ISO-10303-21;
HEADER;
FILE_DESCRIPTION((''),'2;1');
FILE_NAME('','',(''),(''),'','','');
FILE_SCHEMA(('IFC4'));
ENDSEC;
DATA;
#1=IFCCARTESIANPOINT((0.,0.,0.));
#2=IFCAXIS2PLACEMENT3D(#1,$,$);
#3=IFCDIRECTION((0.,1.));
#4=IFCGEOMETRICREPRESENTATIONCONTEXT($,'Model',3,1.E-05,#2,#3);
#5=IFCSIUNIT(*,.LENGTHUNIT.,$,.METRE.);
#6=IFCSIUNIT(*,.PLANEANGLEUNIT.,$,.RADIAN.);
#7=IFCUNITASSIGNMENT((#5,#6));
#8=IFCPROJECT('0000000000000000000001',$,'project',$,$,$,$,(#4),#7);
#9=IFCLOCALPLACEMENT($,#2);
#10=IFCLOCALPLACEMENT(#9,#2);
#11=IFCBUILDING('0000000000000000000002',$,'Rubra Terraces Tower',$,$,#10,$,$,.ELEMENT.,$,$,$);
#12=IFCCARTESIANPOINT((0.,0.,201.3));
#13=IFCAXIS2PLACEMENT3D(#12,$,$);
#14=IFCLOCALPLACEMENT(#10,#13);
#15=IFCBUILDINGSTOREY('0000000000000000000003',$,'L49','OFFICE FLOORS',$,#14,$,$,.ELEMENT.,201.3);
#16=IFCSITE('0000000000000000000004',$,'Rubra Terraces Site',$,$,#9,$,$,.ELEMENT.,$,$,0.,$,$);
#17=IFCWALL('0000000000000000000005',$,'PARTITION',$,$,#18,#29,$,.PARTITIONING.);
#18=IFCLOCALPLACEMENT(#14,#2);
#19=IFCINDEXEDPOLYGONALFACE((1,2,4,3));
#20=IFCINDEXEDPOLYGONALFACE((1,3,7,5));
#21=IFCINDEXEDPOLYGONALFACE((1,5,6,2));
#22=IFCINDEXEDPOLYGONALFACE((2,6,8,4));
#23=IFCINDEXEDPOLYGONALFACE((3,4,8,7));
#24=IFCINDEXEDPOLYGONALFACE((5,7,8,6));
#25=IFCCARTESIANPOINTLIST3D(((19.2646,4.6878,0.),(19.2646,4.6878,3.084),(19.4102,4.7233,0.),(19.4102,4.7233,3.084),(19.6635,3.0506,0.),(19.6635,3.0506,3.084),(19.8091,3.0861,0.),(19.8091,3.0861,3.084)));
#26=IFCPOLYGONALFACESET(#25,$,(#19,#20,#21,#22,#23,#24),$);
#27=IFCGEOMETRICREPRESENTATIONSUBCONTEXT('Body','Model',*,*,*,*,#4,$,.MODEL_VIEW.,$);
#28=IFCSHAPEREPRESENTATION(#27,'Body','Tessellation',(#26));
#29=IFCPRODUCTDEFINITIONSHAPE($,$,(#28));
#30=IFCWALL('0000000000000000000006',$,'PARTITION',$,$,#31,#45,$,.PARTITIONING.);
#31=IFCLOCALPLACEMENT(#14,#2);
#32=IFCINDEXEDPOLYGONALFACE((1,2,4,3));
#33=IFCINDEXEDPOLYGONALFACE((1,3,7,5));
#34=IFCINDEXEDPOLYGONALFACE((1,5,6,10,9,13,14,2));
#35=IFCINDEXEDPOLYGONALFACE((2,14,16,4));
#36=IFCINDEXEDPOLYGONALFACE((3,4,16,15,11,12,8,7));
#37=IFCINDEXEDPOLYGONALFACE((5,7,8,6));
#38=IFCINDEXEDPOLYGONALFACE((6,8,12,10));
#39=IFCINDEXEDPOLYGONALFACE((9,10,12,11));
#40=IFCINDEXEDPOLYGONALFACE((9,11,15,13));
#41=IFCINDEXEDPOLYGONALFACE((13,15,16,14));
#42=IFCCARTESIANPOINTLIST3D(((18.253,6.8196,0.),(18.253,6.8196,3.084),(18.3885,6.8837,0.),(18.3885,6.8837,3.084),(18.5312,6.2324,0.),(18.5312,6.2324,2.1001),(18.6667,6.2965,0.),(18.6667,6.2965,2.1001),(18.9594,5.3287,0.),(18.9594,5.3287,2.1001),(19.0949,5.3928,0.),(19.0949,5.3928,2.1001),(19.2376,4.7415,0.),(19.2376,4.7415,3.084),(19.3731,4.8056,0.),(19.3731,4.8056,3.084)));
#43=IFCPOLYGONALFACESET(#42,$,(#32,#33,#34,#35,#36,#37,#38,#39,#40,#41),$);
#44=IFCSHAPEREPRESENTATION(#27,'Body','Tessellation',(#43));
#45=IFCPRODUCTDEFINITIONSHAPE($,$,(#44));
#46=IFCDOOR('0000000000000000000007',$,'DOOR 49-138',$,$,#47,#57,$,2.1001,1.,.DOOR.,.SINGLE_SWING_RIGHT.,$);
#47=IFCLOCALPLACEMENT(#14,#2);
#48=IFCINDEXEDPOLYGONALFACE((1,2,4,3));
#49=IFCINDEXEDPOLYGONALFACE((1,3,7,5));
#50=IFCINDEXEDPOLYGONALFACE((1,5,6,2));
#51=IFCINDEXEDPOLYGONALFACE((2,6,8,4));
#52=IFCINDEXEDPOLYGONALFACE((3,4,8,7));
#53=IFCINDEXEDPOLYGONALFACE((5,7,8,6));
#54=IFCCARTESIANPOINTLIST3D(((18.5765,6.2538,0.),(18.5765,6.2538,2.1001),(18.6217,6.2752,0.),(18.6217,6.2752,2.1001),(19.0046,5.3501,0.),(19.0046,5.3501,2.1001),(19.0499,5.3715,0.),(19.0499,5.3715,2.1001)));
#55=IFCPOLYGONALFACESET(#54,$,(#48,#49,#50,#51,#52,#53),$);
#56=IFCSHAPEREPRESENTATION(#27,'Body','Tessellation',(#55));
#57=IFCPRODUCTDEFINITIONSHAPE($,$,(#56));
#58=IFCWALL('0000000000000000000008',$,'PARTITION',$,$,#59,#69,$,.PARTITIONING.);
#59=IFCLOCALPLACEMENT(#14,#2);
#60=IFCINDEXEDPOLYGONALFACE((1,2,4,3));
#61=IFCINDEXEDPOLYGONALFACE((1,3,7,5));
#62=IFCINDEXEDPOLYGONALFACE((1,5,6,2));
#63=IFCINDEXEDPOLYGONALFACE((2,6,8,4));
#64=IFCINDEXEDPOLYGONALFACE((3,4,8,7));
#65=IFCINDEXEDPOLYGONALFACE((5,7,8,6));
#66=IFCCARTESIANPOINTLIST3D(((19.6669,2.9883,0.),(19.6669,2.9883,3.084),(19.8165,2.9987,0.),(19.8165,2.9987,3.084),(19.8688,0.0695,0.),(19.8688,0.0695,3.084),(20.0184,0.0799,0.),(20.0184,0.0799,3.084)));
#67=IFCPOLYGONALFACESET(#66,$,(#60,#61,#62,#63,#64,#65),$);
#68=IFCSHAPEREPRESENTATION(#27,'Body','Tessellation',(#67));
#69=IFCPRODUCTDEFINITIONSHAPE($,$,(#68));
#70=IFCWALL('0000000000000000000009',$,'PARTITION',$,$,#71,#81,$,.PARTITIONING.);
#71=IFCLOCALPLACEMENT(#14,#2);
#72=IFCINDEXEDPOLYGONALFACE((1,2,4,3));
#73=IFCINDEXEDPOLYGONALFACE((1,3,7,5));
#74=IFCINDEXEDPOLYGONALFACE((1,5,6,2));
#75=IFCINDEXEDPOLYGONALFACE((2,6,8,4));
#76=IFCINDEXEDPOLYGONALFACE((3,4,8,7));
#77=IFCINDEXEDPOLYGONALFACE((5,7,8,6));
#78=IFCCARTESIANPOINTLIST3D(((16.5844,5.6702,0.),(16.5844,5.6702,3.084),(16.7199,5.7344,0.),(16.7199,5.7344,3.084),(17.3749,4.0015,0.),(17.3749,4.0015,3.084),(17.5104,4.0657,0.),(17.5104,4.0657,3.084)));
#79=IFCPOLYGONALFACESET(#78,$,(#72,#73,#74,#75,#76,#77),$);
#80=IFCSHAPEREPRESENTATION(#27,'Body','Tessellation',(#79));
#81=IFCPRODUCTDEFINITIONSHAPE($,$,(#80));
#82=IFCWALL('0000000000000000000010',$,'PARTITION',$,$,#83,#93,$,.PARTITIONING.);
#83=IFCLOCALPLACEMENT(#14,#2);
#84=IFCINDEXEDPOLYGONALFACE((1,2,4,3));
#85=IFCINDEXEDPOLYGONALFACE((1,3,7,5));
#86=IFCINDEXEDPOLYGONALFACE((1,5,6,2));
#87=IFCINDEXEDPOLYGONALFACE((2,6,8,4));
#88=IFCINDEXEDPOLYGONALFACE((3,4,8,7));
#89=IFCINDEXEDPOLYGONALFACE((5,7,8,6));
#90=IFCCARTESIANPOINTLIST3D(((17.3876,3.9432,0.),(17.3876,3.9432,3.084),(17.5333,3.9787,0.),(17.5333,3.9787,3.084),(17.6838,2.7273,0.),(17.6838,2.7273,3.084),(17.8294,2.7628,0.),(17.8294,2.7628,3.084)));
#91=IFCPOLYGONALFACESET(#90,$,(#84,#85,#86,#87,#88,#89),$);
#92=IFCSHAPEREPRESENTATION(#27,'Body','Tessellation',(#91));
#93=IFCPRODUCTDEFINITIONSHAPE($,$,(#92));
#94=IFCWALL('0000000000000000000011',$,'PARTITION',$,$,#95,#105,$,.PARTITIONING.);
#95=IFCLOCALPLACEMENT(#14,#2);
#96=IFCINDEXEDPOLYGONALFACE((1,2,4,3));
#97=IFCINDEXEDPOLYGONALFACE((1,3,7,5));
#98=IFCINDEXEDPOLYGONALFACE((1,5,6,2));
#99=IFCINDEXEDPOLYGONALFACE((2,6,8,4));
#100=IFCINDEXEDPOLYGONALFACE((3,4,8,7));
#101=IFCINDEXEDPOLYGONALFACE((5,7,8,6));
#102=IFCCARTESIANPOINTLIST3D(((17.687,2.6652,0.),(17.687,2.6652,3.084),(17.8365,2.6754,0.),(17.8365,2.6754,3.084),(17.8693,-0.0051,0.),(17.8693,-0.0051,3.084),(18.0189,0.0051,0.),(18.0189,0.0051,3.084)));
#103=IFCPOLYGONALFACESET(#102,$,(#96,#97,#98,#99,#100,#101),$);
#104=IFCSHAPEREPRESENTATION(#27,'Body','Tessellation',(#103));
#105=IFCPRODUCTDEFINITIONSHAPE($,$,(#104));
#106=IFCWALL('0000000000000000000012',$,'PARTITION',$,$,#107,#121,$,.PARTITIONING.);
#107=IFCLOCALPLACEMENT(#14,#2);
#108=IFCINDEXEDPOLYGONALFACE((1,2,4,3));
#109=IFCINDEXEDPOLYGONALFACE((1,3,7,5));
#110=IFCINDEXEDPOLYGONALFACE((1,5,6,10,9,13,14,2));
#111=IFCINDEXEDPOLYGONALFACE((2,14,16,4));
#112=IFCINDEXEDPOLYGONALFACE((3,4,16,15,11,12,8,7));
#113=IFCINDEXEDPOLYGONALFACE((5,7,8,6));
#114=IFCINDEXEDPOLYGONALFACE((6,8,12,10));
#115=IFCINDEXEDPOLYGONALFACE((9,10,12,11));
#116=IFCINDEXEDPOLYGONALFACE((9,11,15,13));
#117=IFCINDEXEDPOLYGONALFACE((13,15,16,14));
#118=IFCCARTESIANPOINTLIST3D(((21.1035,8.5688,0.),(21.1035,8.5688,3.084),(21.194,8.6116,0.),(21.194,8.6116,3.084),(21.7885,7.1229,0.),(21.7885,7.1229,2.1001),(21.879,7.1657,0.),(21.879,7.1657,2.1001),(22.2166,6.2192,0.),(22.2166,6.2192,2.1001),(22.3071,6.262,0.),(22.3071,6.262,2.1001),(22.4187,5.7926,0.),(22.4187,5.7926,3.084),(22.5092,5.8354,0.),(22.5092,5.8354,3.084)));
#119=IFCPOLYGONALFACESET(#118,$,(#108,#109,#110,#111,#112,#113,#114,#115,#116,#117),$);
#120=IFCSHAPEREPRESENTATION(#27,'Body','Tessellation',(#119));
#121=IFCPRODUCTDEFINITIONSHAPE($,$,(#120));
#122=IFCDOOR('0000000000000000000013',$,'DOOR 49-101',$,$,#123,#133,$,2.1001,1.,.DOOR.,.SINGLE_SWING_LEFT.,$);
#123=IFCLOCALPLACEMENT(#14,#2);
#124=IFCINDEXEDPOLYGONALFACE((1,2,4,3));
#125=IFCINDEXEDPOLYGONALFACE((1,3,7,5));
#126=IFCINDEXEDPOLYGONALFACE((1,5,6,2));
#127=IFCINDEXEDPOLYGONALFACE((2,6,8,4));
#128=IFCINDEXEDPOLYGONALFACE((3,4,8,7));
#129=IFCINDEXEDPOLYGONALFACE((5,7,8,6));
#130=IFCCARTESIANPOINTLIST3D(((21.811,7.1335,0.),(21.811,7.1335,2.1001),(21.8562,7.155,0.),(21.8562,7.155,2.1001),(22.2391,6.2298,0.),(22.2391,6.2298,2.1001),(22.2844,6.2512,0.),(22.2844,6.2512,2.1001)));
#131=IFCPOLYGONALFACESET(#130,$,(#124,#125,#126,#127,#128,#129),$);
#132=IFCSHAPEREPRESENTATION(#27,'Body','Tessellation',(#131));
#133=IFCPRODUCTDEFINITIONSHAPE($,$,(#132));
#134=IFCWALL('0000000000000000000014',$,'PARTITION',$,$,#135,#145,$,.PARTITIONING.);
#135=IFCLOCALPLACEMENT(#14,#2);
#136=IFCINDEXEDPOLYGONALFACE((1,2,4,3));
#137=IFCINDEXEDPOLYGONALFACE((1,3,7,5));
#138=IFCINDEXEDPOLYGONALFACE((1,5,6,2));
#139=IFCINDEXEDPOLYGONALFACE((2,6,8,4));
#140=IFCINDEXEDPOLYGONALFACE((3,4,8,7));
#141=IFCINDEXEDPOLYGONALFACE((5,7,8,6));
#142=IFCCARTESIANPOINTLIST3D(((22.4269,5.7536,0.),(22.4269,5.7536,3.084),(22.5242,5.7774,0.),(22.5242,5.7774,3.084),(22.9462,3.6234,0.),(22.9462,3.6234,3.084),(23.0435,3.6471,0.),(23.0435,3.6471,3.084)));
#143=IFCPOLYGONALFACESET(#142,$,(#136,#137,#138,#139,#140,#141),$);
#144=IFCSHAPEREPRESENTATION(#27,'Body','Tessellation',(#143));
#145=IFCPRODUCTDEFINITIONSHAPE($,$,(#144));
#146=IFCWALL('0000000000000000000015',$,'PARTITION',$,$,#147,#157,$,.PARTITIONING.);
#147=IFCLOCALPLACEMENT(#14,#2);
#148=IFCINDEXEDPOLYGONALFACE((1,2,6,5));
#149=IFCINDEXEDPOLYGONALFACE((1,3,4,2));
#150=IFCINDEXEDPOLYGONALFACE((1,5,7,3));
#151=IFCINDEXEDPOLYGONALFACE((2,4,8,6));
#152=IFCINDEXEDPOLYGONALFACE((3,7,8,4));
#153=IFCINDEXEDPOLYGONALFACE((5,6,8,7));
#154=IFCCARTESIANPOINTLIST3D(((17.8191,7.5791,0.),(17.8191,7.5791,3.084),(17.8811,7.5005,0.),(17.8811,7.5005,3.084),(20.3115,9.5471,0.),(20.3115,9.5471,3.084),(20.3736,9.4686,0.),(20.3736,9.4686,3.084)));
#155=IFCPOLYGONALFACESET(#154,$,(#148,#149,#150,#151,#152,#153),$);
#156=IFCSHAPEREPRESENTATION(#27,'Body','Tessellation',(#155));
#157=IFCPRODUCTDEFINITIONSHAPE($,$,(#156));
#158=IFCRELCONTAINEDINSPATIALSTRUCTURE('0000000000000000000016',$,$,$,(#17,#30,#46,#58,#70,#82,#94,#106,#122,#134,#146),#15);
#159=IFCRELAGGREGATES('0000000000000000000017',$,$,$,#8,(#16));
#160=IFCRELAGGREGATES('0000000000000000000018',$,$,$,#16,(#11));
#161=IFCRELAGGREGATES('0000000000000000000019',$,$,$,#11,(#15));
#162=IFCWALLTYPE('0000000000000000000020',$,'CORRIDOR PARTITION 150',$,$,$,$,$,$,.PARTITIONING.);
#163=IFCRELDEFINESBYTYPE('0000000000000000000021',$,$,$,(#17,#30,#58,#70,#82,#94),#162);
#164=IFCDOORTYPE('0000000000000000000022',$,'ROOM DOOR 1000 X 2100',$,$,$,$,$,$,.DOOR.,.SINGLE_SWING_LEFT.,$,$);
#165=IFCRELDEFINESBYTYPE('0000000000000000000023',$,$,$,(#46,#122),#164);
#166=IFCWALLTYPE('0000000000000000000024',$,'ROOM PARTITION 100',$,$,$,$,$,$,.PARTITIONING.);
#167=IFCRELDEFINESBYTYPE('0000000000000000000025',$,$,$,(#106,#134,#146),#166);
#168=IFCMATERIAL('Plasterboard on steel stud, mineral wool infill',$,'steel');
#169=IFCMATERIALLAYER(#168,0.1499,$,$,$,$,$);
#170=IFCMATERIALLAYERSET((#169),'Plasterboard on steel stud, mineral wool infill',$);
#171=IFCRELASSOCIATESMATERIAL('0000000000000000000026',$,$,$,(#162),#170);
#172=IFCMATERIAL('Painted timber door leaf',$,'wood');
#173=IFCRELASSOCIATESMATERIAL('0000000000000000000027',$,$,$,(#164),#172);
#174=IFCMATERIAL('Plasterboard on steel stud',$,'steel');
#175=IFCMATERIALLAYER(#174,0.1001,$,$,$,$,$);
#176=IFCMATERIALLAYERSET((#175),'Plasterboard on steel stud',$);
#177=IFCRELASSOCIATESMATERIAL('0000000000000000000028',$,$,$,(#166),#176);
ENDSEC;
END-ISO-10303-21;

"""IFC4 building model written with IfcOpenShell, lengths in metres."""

from ifc_helpers import new_model, si_unit, direction, frame, frame_2d, origin, place, context, subcontext, project, spatial, rectangle, extrude, material, layer, layer_set, type_object, element, fill, save


model = new_model("IFC4")

# Units and contexts
model_context = context("Model", 3, precision=1e-05, world=origin(), true_north=direction((0.0, 1.0)))
body_context = subcontext(model_context, "Body", "Model", "MODEL_VIEW")
ifc_project = project(units=[si_unit("LENGTHUNIT", "METRE"), si_unit("PLANEANGLEUNIT", "RADIAN")], contexts=[model_context])

# Site, building, storey
site_placement = place(None, origin())
site = spatial("IfcSite", under=ifc_project, at=site_placement, Name="Rubra Terraces Site", CompositionType="ELEMENT", RefElevation=0.0)
building_placement = place(site_placement, origin())
building = spatial("IfcBuilding", under=site, at=building_placement, Name="Rubra Terraces Tower", CompositionType="ELEMENT")
storey_placement = place(building_placement, frame((0.0, 0.0, 201.3)))
storey = spatial("IfcBuildingStorey", under=building, at=storey_placement, Name="L49", Description="OFFICE FLOORS", CompositionType="ELEMENT", Elevation=201.3)

# Wall
ifc_material_1 = material(Name="Plasterboard on steel stud, mineral wool infill", Category="steel")
ifc_layer_1 = layer(ifc_material_1, 0.1499)
ifc_layer_set_1 = layer_set([ifc_layer_1], Name="Plasterboard on steel stud, mineral wool infill")
wall_type_1 = type_object("IfcWallType", Name="CORRIDOR PARTITION 150", PredefinedType="PARTITIONING", material=ifc_layer_set_1)
wall_1_placement = place(storey_placement, frame((19.7363, 3.0684, 0.0), z_axis=(0.0, 0.0, 1.0), x_axis=(-0.236736, 0.971574, 0.0)))
element("IfcWall", 1, at=wall_1_placement, inside=storey, type_object=wall_type_1, Name="PARTITION", PredefinedType="PARTITIONING", context=body_context, shape_type="SweptSolid", body=[
    extrude(rectangle(XDim=1.6851, YDim=0.1499, at=frame_2d((0.8425, 0.0))), origin(), (0.0, 0.0, 1.0), 3.084),
])

# Wall, opening, door
wall_2_placement = place(storey_placement, frame((19.3054, 4.7734, 0.0), z_axis=(0.0, 0.0, 1.0), x_axis=(-0.428173, 0.903697, 0.0)))
wall_2 = element("IfcWall", 2, at=wall_2_placement, inside=storey, type_object=wall_type_1, Name="PARTITION", PredefinedType="PARTITIONING", context=body_context, shape_type="SweptSolid", body=[
    extrude(rectangle(XDim=2.2996, YDim=0.1499, at=frame_2d((1.1499, 0.0))), origin(), (0.0, 0.0, 1.0), 3.084),
])
opening_1_placement = place(wall_2_placement, frame((0.6499, 0.0, 0.0)))
opening_1 = element("IfcOpeningElement", 3, at=opening_1_placement, cuts=wall_2, PredefinedType="OPENING", context=body_context, shape_type="SweptSolid", body=[
    extrude(rectangle(XDim=1.0, YDim=2.1001, at=frame_2d((0.5, 1.05))), frame((0.0, 0.085, 0.0), z_axis=(0.0, -1.0, 0.0), x_axis=(1.0, 0.0, 0.0)), (0.0, 0.0, 1.0), 0.1699),
])
ifc_material_2 = material(Name="Painted timber door leaf", Category="wood")
door_type_1 = type_object("IfcDoorType", Name="ROOM DOOR 1000 X 2100", OperationType="SINGLE_SWING_LEFT", PredefinedType="DOOR", material=ifc_material_2)
door_1_placement = place(opening_1_placement, origin())
door_1 = element("IfcDoor", 4, at=door_1_placement, inside=storey, type_object=door_type_1, Name="DOOR 49-138", OperationType="SINGLE_SWING_RIGHT", OverallHeight=2.1001, OverallWidth=1.0, PredefinedType="DOOR", context=body_context, shape_type="SweptSolid", body=[
    extrude(rectangle(XDim=1.0, YDim=2.1001, at=frame_2d((0.5, 1.05))), frame((0.0, 0.0249, 0.0), z_axis=(0.0, -1.0, 0.0), x_axis=(1.0, 0.0, 0.0)), (0.0, 0.0, 1.0), 0.05),
])
fill(opening_1, door_1)

# Walls
wall_3_placement = place(storey_placement, frame((19.9436, 0.0747, 0.0), z_axis=(0.0, 0.0, 1.0), x_axis=(-0.069011, 0.997616, 0.0)))
element("IfcWall", 5, at=wall_3_placement, inside=storey, type_object=wall_type_1, Name="PARTITION", PredefinedType="PARTITIONING", context=body_context, shape_type="SweptSolid", body=[
    extrude(rectangle(XDim=2.9258, YDim=0.1499, at=frame_2d((1.4629, 0.0))), origin(), (0.0, 0.0, 1.0), 3.084),
])
wall_4_placement = place(storey_placement, frame((16.6521, 5.7024, 0.0), z_axis=(0.0, 0.0, 1.0), x_axis=(0.428126, -0.903719, 0.0)))
element("IfcWall", 6, at=wall_4_placement, inside=storey, type_object=wall_type_1, Name="PARTITION", PredefinedType="PARTITIONING", context=body_context, shape_type="SweptSolid", body=[
    extrude(rectangle(XDim=1.8464, YDim=0.1499, at=frame_2d((0.9233, 0.0))), origin(), (0.0, 0.0, 1.0), 3.084),
])
wall_5_placement = place(storey_placement, frame((17.4604, 3.9609, 0.0), z_axis=(0.0, 0.0, 1.0), x_axis=(0.236655, -0.971594, 0.0)))
element("IfcWall", 7, at=wall_5_placement, inside=storey, type_object=wall_type_1, Name="PARTITION", PredefinedType="PARTITIONING", context=body_context, shape_type="SweptSolid", body=[
    extrude(rectangle(XDim=1.2515, YDim=0.1499, at=frame_2d((0.6257, 0.0))), origin(), (0.0, 0.0, 1.0), 3.084),
])
wall_6_placement = place(storey_placement, frame((17.7617, 2.6704, 0.0), z_axis=(0.0, 0.0, 1.0), x_axis=(0.068135, -0.997676, 0.0)))
element("IfcWall", 8, at=wall_6_placement, inside=storey, type_object=wall_type_1, Name="PARTITION", PredefinedType="PARTITIONING", context=body_context, shape_type="SweptSolid", body=[
    extrude(rectangle(XDim=2.6765, YDim=0.1499, at=frame_2d((1.3384, 0.0))), origin(), (0.0, 0.0, 1.0), 3.084),
])

# Wall, opening, door
ifc_material_3 = material(Name="Plasterboard on steel stud", Category="steel")
ifc_layer_2 = layer(ifc_material_3, 0.1001)
ifc_layer_set_2 = layer_set([ifc_layer_2], Name="Plasterboard on steel stud")
wall_type_2 = type_object("IfcWallType", Name="ROOM PARTITION 100", PredefinedType="PARTITIONING", material=ifc_layer_set_2)
wall_7_placement = place(storey_placement, frame((21.1487, 8.5903, 0.0), z_axis=(0.0, 0.0, 1.0), x_axis=(0.428134, -0.903715, 0.0)))
wall_7 = element("IfcWall", 9, at=wall_7_placement, inside=storey, type_object=wall_type_2, Name="PARTITION", PredefinedType="PARTITIONING", context=body_context, shape_type="SweptSolid", body=[
    extrude(rectangle(XDim=3.072, YDim=0.1001, at=frame_2d((1.5361, 0.0))), origin(), (0.0, 0.0, 1.0), 3.084),
])
opening_2_placement = place(wall_7_placement, frame((1.6001, 0.0, 0.0)))
opening_2 = element("IfcOpeningElement", 10, at=opening_2_placement, cuts=wall_7, PredefinedType="OPENING", context=body_context, shape_type="SweptSolid", body=[
    extrude(rectangle(XDim=1.0, YDim=2.1001, at=frame_2d((0.5, 1.05))), frame((0.0, 0.0601, 0.0), z_axis=(0.0, -1.0, 0.0), x_axis=(1.0, 0.0, 0.0)), (0.0, 0.0, 1.0), 0.1201),
])
door_2_placement = place(opening_2_placement, origin())
door_2 = element("IfcDoor", 11, at=door_2_placement, inside=storey, type_object=door_type_1, Name="DOOR 49-101", OperationType="SINGLE_SWING_LEFT", OverallHeight=2.1001, OverallWidth=1.0, PredefinedType="DOOR", context=body_context, shape_type="SweptSolid", body=[
    extrude(rectangle(XDim=1.0, YDim=2.1001, at=frame_2d((0.5, 1.05))), frame((0.0, 0.0249, 0.0), z_axis=(0.0, -1.0, 0.0), x_axis=(1.0, 0.0, 0.0)), (0.0, 0.0, 1.0), 0.05),
])
fill(opening_2, door_2)

# Walls
wall_8_placement = place(storey_placement, frame((22.4756, 5.7654, 0.0), z_axis=(0.0, 0.0, 1.0), x_axis=(0.236846, -0.971547, 0.0)))
element("IfcWall", 12, at=wall_8_placement, inside=storey, type_object=wall_type_2, Name="PARTITION", PredefinedType="PARTITIONING", context=body_context, shape_type="SweptSolid", body=[
    extrude(rectangle(XDim=2.1926, YDim=0.1001, at=frame_2d((1.0962, 0.0))), origin(), (0.0, 0.0, 1.0), 3.084),
])
wall_9_placement = place(storey_placement, frame((17.8501, 7.5398, 0.0), z_axis=(0.0, 0.0, 1.0), x_axis=(0.784836, 0.619704, 0.0)))
element("IfcWall", 13, at=wall_9_placement, inside=storey, type_object=wall_type_2, Name="PARTITION", PredefinedType="PARTITIONING", context=body_context, shape_type="SweptSolid", body=[
    extrude(rectangle(XDim=3.1758, YDim=0.1001, at=frame_2d((1.5879, 0.0))), origin(), (0.0, 0.0, 1.0), 3.084),
])

save(model, "model.ifc")
